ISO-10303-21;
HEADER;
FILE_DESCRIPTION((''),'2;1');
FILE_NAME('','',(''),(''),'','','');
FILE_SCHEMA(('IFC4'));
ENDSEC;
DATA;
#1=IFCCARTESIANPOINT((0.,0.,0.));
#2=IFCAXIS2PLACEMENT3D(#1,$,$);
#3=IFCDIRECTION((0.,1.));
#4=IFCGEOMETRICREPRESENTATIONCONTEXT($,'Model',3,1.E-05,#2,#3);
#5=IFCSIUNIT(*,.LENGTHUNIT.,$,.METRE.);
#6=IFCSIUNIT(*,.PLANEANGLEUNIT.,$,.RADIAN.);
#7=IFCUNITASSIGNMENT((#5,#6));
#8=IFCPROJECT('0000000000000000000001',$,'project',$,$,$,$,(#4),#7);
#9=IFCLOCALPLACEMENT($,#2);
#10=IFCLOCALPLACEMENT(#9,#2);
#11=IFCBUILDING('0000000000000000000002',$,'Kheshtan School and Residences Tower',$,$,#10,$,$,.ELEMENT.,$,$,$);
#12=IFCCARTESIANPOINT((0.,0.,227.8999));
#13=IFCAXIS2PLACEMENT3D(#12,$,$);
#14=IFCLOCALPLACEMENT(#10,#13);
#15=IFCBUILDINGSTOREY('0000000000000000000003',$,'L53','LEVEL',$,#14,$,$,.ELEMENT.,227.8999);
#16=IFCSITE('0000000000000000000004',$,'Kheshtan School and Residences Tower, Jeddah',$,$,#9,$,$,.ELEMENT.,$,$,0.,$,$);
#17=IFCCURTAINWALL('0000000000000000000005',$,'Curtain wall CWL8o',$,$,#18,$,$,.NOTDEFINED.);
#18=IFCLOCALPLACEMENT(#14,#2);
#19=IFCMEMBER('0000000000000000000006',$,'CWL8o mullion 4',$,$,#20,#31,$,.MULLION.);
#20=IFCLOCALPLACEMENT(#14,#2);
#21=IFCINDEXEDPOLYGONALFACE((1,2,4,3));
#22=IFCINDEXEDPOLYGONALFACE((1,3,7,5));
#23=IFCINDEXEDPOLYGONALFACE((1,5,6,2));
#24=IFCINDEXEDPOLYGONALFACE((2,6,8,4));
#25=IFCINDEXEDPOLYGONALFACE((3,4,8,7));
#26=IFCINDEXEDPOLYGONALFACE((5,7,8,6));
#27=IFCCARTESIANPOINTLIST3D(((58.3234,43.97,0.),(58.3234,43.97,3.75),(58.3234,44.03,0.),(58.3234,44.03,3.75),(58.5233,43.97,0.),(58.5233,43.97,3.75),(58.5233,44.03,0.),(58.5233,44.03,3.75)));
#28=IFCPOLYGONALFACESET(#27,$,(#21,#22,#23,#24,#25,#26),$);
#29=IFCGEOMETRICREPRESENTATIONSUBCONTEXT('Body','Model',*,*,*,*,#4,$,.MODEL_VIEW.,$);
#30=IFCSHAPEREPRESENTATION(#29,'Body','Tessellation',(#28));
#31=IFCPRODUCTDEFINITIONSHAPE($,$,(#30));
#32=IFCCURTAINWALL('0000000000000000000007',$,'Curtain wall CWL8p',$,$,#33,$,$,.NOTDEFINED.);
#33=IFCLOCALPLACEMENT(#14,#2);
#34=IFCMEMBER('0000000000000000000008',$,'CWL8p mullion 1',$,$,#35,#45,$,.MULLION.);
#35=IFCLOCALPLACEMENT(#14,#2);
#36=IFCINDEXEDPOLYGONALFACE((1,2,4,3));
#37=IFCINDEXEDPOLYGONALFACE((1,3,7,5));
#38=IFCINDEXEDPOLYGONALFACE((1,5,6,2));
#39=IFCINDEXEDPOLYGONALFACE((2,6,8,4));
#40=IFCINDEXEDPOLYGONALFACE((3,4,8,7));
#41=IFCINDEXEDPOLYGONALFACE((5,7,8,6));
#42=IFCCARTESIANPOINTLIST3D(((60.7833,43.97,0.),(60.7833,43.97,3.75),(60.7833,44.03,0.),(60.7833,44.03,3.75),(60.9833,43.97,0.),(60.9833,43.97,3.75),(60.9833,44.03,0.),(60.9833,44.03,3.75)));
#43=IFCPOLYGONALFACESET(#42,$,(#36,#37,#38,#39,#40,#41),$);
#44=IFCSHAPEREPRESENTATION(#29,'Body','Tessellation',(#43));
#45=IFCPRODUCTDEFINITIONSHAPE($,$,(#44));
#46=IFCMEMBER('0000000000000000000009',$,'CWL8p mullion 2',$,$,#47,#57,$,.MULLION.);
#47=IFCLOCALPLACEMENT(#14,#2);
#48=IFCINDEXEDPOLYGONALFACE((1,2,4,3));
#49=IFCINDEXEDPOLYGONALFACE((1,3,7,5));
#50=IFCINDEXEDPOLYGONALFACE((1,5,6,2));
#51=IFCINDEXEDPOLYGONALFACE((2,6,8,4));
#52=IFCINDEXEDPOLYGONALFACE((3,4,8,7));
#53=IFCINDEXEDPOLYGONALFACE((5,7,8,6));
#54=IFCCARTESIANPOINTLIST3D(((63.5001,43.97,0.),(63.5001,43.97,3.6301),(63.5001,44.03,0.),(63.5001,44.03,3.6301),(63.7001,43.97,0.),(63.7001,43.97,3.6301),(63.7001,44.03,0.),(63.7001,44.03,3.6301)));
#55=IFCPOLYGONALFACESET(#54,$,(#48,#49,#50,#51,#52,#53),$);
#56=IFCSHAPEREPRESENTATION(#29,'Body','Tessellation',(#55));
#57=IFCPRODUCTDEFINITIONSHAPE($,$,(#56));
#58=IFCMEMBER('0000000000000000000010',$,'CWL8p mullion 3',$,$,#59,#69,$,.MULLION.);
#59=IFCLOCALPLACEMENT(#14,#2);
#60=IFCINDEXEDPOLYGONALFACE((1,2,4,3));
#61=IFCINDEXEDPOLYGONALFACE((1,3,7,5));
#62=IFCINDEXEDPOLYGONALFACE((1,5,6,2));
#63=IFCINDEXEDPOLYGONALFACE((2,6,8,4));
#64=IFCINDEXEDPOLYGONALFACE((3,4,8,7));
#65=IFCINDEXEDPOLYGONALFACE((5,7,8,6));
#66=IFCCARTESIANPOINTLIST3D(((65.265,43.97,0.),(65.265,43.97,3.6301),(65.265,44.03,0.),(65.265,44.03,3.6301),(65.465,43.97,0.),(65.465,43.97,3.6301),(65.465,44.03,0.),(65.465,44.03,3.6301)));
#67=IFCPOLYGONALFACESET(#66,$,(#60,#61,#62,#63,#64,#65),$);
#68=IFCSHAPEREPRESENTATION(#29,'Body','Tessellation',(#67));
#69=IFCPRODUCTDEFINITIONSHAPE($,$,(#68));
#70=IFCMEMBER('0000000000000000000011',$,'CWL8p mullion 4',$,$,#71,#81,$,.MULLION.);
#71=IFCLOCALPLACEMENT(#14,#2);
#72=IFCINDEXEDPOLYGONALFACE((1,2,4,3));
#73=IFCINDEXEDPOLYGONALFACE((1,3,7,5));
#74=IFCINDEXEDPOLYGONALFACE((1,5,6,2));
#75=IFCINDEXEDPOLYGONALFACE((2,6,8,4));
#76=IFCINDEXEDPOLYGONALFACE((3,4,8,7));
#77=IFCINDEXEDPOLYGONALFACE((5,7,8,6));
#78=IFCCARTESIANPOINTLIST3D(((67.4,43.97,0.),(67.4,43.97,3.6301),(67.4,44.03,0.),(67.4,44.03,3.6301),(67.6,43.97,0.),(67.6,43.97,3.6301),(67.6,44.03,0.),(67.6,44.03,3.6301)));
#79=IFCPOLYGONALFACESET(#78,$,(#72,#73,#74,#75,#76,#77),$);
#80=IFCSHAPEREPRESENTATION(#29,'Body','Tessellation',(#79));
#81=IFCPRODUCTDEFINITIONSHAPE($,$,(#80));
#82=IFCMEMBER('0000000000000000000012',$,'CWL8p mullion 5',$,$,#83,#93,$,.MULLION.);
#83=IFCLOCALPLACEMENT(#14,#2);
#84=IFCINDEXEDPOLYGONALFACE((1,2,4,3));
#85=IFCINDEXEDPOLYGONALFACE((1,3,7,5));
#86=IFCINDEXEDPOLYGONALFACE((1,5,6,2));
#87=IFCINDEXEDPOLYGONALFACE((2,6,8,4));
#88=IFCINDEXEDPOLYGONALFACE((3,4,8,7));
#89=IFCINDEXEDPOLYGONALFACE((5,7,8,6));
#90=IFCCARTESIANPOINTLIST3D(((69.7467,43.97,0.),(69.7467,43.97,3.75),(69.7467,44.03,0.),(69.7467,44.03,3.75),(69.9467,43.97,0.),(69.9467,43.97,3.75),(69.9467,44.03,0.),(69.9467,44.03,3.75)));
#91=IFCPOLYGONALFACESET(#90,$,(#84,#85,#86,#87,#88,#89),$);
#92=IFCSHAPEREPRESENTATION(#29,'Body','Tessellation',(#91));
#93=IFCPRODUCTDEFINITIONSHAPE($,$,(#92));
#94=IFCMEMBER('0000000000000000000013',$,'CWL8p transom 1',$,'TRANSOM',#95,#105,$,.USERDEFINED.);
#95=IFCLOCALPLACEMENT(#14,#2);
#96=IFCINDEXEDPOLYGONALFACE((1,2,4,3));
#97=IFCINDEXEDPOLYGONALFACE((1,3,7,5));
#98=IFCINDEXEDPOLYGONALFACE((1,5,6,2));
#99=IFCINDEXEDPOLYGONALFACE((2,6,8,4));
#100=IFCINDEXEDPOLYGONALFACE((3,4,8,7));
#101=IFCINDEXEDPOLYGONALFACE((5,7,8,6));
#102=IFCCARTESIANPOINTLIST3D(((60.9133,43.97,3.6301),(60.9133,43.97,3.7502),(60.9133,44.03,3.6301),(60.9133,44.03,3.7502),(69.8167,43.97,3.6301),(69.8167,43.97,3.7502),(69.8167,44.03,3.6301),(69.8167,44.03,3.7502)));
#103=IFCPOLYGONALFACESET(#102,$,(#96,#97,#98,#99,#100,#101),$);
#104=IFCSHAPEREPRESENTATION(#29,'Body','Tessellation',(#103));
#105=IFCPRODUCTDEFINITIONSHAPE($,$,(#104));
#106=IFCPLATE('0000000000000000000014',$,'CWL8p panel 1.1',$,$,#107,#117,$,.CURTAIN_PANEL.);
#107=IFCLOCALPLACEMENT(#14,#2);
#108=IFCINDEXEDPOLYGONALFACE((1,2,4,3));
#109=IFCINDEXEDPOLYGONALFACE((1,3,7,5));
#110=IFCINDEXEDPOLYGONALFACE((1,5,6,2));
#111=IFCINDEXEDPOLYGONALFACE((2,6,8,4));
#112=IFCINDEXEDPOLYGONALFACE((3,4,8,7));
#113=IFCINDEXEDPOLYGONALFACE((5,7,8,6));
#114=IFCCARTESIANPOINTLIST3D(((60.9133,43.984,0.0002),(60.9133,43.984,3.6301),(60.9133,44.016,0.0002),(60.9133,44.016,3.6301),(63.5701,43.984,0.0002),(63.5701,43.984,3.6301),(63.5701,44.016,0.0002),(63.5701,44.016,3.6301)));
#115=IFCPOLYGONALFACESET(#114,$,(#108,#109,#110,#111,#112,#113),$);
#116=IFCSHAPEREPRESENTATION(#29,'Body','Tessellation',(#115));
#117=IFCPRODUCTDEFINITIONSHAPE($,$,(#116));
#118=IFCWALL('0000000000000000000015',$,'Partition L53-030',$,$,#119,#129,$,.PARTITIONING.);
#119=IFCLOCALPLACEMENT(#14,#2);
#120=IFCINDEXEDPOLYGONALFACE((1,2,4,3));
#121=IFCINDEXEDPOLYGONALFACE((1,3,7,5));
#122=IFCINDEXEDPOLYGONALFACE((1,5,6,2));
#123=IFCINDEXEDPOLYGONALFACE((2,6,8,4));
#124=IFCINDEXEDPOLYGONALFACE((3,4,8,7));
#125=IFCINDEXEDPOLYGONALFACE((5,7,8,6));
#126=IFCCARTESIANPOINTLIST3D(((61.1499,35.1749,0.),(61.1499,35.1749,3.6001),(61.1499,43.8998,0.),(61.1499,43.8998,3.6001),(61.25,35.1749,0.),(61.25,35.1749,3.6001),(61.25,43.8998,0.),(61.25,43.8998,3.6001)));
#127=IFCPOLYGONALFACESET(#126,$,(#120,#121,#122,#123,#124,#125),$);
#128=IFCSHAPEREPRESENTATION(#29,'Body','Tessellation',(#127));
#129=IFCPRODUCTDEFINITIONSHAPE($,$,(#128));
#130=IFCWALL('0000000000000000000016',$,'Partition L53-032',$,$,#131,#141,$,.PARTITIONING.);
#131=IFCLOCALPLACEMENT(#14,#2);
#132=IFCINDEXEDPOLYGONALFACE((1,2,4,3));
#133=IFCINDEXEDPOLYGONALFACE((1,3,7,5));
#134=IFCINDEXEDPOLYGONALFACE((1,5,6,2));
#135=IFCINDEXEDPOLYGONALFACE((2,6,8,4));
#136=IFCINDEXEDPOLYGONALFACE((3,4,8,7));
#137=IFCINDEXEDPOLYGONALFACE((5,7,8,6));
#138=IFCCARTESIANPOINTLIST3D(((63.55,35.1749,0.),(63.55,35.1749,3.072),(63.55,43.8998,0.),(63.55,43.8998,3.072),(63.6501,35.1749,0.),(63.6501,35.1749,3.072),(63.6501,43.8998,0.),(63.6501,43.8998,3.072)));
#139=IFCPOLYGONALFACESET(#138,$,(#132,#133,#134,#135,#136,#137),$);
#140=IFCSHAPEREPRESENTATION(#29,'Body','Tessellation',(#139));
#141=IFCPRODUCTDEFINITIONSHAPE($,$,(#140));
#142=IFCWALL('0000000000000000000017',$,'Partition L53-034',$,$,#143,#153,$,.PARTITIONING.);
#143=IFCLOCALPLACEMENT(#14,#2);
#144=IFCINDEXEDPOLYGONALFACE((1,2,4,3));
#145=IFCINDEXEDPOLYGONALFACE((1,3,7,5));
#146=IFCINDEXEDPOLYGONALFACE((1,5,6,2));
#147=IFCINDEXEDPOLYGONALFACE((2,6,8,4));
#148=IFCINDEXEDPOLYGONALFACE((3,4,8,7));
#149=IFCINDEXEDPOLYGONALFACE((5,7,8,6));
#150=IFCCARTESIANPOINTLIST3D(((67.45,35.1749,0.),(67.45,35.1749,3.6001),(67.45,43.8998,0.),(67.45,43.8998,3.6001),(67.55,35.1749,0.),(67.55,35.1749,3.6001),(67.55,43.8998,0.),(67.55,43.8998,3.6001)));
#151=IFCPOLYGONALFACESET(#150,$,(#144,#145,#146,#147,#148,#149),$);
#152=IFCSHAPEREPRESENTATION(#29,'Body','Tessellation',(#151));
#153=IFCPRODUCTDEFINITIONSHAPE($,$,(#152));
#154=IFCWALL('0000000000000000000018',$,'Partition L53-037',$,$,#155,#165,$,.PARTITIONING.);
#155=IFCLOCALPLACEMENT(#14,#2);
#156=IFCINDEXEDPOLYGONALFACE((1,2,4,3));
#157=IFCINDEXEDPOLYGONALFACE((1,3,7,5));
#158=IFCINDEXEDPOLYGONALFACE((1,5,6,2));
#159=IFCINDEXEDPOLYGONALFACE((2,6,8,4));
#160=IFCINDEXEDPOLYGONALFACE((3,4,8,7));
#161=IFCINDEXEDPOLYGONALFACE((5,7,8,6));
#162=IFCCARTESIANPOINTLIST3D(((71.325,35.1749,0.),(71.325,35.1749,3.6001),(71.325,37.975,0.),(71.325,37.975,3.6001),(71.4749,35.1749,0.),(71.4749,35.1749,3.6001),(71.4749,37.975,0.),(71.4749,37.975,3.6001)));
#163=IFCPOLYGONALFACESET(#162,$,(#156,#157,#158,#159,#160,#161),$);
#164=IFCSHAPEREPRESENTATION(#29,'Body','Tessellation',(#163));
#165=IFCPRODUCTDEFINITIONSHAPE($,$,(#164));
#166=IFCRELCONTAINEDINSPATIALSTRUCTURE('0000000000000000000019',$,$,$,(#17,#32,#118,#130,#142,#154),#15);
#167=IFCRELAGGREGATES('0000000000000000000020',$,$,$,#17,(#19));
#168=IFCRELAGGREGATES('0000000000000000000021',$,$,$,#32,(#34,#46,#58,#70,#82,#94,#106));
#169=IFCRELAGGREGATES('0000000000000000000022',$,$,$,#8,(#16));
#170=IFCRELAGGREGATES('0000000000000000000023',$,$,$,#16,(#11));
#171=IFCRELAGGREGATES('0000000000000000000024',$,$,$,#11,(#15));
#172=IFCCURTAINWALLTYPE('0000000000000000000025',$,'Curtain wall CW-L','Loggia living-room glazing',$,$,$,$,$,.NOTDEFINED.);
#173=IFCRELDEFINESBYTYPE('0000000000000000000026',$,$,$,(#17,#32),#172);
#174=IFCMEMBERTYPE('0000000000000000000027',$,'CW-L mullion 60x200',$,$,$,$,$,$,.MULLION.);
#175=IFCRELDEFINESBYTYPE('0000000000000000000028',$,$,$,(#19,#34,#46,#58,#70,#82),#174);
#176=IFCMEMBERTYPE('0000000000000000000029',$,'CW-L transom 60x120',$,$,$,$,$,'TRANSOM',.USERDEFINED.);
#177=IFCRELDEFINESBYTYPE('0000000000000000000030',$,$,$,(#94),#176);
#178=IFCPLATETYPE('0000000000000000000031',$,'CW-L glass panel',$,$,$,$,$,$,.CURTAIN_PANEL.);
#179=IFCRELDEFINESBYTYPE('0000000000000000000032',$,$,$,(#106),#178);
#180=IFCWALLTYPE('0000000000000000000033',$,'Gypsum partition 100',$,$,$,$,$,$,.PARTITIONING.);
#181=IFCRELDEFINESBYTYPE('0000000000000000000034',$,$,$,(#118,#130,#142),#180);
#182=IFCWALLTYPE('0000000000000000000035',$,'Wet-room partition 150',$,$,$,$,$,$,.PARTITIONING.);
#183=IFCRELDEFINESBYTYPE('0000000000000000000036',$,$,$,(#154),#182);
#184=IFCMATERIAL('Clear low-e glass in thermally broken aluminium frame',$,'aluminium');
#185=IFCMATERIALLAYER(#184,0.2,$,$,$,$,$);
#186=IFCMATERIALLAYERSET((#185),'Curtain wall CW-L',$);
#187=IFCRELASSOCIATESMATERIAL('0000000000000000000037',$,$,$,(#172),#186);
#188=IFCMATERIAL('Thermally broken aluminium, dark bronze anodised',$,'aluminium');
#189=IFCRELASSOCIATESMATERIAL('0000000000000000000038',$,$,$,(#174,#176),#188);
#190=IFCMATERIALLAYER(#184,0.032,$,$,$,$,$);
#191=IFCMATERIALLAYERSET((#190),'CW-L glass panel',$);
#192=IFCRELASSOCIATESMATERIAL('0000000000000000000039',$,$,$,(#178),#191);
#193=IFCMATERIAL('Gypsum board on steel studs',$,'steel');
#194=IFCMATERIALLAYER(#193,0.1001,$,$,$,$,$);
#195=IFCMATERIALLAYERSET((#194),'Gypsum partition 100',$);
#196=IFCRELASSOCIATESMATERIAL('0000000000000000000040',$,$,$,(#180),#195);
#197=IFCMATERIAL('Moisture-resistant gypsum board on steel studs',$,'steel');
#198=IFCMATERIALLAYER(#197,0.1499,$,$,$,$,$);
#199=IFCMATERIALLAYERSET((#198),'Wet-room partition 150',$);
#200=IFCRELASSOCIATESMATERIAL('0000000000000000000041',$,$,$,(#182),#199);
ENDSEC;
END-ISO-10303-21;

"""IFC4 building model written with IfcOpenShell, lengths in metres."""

from ifc_helpers import new_model, si_unit, direction, frame, frame_2d, origin, origin_2d, place, context, subcontext, project, spatial, rectangle, extrude, material, layer, layer_set, material_profile, profile_set, type_object, element, aggregate, save


model = new_model("IFC4")

# Units and contexts
model_context = context("Model", 3, precision=1e-05, world=origin(), true_north=direction((0.0, 1.0)))
body_context = subcontext(model_context, "Body", "Model", "MODEL_VIEW")
ifc_project = project(units=[si_unit("LENGTHUNIT", "METRE"), si_unit("PLANEANGLEUNIT", "RADIAN")], contexts=[model_context])

# Site, building, storey
site_placement = place(None, origin())
site = spatial("IfcSite", under=ifc_project, at=site_placement, Name="Kheshtan School and Residences Tower, Jeddah", CompositionType="ELEMENT", RefElevation=0.0)
building_placement = place(site_placement, origin())
building = spatial("IfcBuilding", under=site, at=building_placement, Name="Kheshtan School and Residences Tower", CompositionType="ELEMENT")
storey_placement = place(building_placement, frame((0.0, 0.0, 227.8999)))
storey = spatial("IfcBuildingStorey", under=building, at=storey_placement, Name="L53", Description="LEVEL", CompositionType="ELEMENT", Elevation=227.8999)

# Curtain wall, member
ifc_material_1 = material(Name="Clear low-e glass in thermally broken aluminium frame", Category="aluminium")
ifc_layer_1 = layer(ifc_material_1, 0.2)
ifc_layer_set_1 = layer_set([ifc_layer_1], Name="Curtain wall CW-L")
curtain_wall_type = type_object("IfcCurtainWallType", Name="Curtain wall CW-L", Description="Loggia living-room glazing", PredefinedType="NOTDEFINED", material=ifc_layer_set_1)
curtain_wall_1_placement = place(storey_placement, origin())
curtain_wall_1 = element("IfcCurtainWall", 1, at=curtain_wall_1_placement, inside=storey, type_object=curtain_wall_type, Name="Curtain wall CWL8o", PredefinedType="NOTDEFINED")
ifc_material_2 = material(Name="Thermally broken aluminium, dark bronze anodised", Category="aluminium")
ifc_material_profile_1 = material_profile(ifc_material_2, rectangle(XDim=0.0601, YDim=0.2, at=origin_2d()), Name="CW-L mullion 60x200")
ifc_profile_set_1 = profile_set([ifc_material_profile_1], Name="Thermally broken aluminium, dark bronze anodised")
member_type_1 = type_object("IfcMemberType", Name="CW-L mullion 60x200", PredefinedType="MULLION", material=ifc_profile_set_1)
member_1_placement = place(storey_placement, frame((58.4233, 44.0, 0.0), z_axis=(0.0, 0.0, 1.0), x_axis=(0.0, 1.0, 0.0)))
member_1 = element("IfcMember", 2, at=member_1_placement, type_object=member_type_1, Name="CWL8o mullion 4", PredefinedType="MULLION", context=body_context, shape_type="SweptSolid", body=[
    extrude(rectangle(XDim=0.0601, YDim=0.2, at=origin_2d()), origin(), (0.0, 0.0, 1.0), 3.75),
])
aggregate(curtain_wall_1, [member_1])

# Curtain wall, members, plate
curtain_wall_2_placement = place(storey_placement, origin())
curtain_wall_2 = element("IfcCurtainWall", 3, at=curtain_wall_2_placement, inside=storey, type_object=curtain_wall_type, Name="Curtain wall CWL8p", PredefinedType="NOTDEFINED")
member_2_placement = place(storey_placement, frame((60.8833, 44.0, 0.0), z_axis=(0.0, 0.0, 1.0), x_axis=(0.0, 1.0, 0.0)))
member_2 = element("IfcMember", 4, at=member_2_placement, type_object=member_type_1, Name="CWL8p mullion 1", PredefinedType="MULLION", context=body_context, shape_type="SweptSolid", body=[
    extrude(rectangle(XDim=0.0601, YDim=0.2, at=origin_2d()), origin(), (0.0, 0.0, 1.0), 3.75),
])
member_3_placement = place(storey_placement, frame((63.6001, 44.0, 0.0), z_axis=(0.0, 0.0, 1.0), x_axis=(0.0, 1.0, 0.0)))
member_3 = element("IfcMember", 5, at=member_3_placement, type_object=member_type_1, Name="CWL8p mullion 2", PredefinedType="MULLION", context=body_context, shape_type="SweptSolid", body=[
    extrude(rectangle(XDim=0.0601, YDim=0.2, at=origin_2d()), origin(), (0.0, 0.0, 1.0), 3.6301),
])
member_4_placement = place(storey_placement, frame((65.365, 44.0, 0.0), z_axis=(0.0, 0.0, 1.0), x_axis=(0.0, 1.0, 0.0)))
member_4 = element("IfcMember", 6, at=member_4_placement, type_object=member_type_1, Name="CWL8p mullion 3", PredefinedType="MULLION", context=body_context, shape_type="SweptSolid", body=[
    extrude(rectangle(XDim=0.0601, YDim=0.2, at=origin_2d()), origin(), (0.0, 0.0, 1.0), 3.6301),
])
member_5_placement = place(storey_placement, frame((67.5, 44.0, 0.0), z_axis=(0.0, 0.0, 1.0), x_axis=(0.0, 1.0, 0.0)))
member_5 = element("IfcMember", 7, at=member_5_placement, type_object=member_type_1, Name="CWL8p mullion 4", PredefinedType="MULLION", context=body_context, shape_type="SweptSolid", body=[
    extrude(rectangle(XDim=0.0601, YDim=0.2, at=origin_2d()), origin(), (0.0, 0.0, 1.0), 3.6301),
])
member_6_placement = place(storey_placement, frame((69.8467, 44.0, 0.0), z_axis=(0.0, 0.0, 1.0), x_axis=(0.0, 1.0, 0.0)))
member_6 = element("IfcMember", 8, at=member_6_placement, type_object=member_type_1, Name="CWL8p mullion 5", PredefinedType="MULLION", context=body_context, shape_type="SweptSolid", body=[
    extrude(rectangle(XDim=0.0601, YDim=0.2, at=origin_2d()), origin(), (0.0, 0.0, 1.0), 3.75),
])
ifc_material_profile_2 = material_profile(ifc_material_2, rectangle(XDim=0.0601, YDim=0.1201, at=origin_2d()), Name="CW-L transom 60x120")
ifc_profile_set_2 = profile_set([ifc_material_profile_2], Name="Thermally broken aluminium, dark bronze anodised")
member_type_2 = type_object("IfcMemberType", Name="CW-L transom 60x120", ElementType="TRANSOM", PredefinedType="USERDEFINED", material=ifc_profile_set_2)
member_7_placement = place(storey_placement, frame((60.9133, 44.0, 3.6902), z_axis=(1.0, 0.0, 0.0), x_axis=(0.0, 1.0, 0.0)))
member_7 = element("IfcMember", 9, at=member_7_placement, type_object=member_type_2, Name="CWL8p transom 1", ObjectType="TRANSOM", PredefinedType="USERDEFINED", context=body_context, shape_type="SweptSolid", body=[
    extrude(rectangle(XDim=0.0601, YDim=0.1201, at=origin_2d()), origin(), (0.0, 0.0, 1.0), 8.9033),
])
ifc_layer_2 = layer(ifc_material_1, 0.032)
ifc_layer_set_2 = layer_set([ifc_layer_2], Name="CW-L glass panel")
plate_type = type_object("IfcPlateType", Name="CW-L glass panel", PredefinedType="CURTAIN_PANEL", material=ifc_layer_set_2)
plate_placement = place(storey_placement, frame((62.2417, 44.0, 0.0002), z_axis=(0.0, 0.0, 1.0), x_axis=(1.0, 0.0, 0.0)))
plate = element("IfcPlate", 10, at=plate_placement, type_object=plate_type, Name="CWL8p panel 1.1", PredefinedType="CURTAIN_PANEL", context=body_context, shape_type="SweptSolid", body=[
    extrude(rectangle(XDim=2.6567, YDim=0.032, at=origin_2d()), origin(), (0.0, 0.0, 1.0), 3.6299),
])
aggregate(curtain_wall_2, [member_2, member_3, member_4, member_5, member_6, member_7, plate])

# Walls
ifc_material_3 = material(Name="Gypsum board on steel studs", Category="steel")
ifc_layer_3 = layer(ifc_material_3, 0.1001)
ifc_layer_set_3 = layer_set([ifc_layer_3], Name="Gypsum partition 100")
wall_type_1 = type_object("IfcWallType", Name="Gypsum partition 100", PredefinedType="PARTITIONING", material=ifc_layer_set_3)
wall_1_placement = place(storey_placement, frame((61.2, 35.175, 0.0), z_axis=(0.0, 0.0, 1.0), x_axis=(0.0, 1.0, 0.0)))
element("IfcWall", 11, at=wall_1_placement, inside=storey, type_object=wall_type_1, Name="Partition L53-030", PredefinedType="PARTITIONING", context=body_context, shape_type="SweptSolid", body=[
    extrude(rectangle(XDim=8.7249, YDim=0.1001, at=frame_2d((4.3623, 0.0))), origin(), (0.0, 0.0, 1.0), 3.6001),
])
wall_2_placement = place(storey_placement, frame((63.6001, 35.175, 0.0), z_axis=(0.0, 0.0, 1.0), x_axis=(0.0, 1.0, 0.0)))
element("IfcWall", 12, at=wall_2_placement, inside=storey, type_object=wall_type_1, Name="Partition L53-032", PredefinedType="PARTITIONING", context=body_context, shape_type="SweptSolid", body=[
    extrude(rectangle(XDim=8.7249, YDim=0.1001, at=frame_2d((4.3623, 0.0))), origin(), (0.0, 0.0, 1.0), 3.072),
])
wall_3_placement = place(storey_placement, frame((67.5, 35.175, 0.0), z_axis=(0.0, 0.0, 1.0), x_axis=(0.0, 1.0, 0.0)))
element("IfcWall", 13, at=wall_3_placement, inside=storey, type_object=wall_type_1, Name="Partition L53-034", PredefinedType="PARTITIONING", context=body_context, shape_type="SweptSolid", body=[
    extrude(rectangle(XDim=8.7249, YDim=0.1001, at=frame_2d((4.3623, 0.0))), origin(), (0.0, 0.0, 1.0), 3.6001),
])
ifc_material_4 = material(Name="Moisture-resistant gypsum board on steel studs", Category="steel")
ifc_layer_4 = layer(ifc_material_4, 0.1499)
ifc_layer_set_4 = layer_set([ifc_layer_4], Name="Wet-room partition 150")
wall_type_2 = type_object("IfcWallType", Name="Wet-room partition 150", PredefinedType="PARTITIONING", material=ifc_layer_set_4)
wall_4_placement = place(storey_placement, frame((71.3999, 35.175, 0.0), z_axis=(0.0, 0.0, 1.0), x_axis=(0.0, 1.0, 0.0)))
element("IfcWall", 14, at=wall_4_placement, inside=storey, type_object=wall_type_2, Name="Partition L53-037", PredefinedType="PARTITIONING", context=body_context, shape_type="SweptSolid", body=[
    extrude(rectangle(XDim=2.8, YDim=0.1499, at=frame_2d((1.3999, 0.0))), origin(), (0.0, 0.0, 1.0), 3.6001),
])

save(model, "model.ifc")
